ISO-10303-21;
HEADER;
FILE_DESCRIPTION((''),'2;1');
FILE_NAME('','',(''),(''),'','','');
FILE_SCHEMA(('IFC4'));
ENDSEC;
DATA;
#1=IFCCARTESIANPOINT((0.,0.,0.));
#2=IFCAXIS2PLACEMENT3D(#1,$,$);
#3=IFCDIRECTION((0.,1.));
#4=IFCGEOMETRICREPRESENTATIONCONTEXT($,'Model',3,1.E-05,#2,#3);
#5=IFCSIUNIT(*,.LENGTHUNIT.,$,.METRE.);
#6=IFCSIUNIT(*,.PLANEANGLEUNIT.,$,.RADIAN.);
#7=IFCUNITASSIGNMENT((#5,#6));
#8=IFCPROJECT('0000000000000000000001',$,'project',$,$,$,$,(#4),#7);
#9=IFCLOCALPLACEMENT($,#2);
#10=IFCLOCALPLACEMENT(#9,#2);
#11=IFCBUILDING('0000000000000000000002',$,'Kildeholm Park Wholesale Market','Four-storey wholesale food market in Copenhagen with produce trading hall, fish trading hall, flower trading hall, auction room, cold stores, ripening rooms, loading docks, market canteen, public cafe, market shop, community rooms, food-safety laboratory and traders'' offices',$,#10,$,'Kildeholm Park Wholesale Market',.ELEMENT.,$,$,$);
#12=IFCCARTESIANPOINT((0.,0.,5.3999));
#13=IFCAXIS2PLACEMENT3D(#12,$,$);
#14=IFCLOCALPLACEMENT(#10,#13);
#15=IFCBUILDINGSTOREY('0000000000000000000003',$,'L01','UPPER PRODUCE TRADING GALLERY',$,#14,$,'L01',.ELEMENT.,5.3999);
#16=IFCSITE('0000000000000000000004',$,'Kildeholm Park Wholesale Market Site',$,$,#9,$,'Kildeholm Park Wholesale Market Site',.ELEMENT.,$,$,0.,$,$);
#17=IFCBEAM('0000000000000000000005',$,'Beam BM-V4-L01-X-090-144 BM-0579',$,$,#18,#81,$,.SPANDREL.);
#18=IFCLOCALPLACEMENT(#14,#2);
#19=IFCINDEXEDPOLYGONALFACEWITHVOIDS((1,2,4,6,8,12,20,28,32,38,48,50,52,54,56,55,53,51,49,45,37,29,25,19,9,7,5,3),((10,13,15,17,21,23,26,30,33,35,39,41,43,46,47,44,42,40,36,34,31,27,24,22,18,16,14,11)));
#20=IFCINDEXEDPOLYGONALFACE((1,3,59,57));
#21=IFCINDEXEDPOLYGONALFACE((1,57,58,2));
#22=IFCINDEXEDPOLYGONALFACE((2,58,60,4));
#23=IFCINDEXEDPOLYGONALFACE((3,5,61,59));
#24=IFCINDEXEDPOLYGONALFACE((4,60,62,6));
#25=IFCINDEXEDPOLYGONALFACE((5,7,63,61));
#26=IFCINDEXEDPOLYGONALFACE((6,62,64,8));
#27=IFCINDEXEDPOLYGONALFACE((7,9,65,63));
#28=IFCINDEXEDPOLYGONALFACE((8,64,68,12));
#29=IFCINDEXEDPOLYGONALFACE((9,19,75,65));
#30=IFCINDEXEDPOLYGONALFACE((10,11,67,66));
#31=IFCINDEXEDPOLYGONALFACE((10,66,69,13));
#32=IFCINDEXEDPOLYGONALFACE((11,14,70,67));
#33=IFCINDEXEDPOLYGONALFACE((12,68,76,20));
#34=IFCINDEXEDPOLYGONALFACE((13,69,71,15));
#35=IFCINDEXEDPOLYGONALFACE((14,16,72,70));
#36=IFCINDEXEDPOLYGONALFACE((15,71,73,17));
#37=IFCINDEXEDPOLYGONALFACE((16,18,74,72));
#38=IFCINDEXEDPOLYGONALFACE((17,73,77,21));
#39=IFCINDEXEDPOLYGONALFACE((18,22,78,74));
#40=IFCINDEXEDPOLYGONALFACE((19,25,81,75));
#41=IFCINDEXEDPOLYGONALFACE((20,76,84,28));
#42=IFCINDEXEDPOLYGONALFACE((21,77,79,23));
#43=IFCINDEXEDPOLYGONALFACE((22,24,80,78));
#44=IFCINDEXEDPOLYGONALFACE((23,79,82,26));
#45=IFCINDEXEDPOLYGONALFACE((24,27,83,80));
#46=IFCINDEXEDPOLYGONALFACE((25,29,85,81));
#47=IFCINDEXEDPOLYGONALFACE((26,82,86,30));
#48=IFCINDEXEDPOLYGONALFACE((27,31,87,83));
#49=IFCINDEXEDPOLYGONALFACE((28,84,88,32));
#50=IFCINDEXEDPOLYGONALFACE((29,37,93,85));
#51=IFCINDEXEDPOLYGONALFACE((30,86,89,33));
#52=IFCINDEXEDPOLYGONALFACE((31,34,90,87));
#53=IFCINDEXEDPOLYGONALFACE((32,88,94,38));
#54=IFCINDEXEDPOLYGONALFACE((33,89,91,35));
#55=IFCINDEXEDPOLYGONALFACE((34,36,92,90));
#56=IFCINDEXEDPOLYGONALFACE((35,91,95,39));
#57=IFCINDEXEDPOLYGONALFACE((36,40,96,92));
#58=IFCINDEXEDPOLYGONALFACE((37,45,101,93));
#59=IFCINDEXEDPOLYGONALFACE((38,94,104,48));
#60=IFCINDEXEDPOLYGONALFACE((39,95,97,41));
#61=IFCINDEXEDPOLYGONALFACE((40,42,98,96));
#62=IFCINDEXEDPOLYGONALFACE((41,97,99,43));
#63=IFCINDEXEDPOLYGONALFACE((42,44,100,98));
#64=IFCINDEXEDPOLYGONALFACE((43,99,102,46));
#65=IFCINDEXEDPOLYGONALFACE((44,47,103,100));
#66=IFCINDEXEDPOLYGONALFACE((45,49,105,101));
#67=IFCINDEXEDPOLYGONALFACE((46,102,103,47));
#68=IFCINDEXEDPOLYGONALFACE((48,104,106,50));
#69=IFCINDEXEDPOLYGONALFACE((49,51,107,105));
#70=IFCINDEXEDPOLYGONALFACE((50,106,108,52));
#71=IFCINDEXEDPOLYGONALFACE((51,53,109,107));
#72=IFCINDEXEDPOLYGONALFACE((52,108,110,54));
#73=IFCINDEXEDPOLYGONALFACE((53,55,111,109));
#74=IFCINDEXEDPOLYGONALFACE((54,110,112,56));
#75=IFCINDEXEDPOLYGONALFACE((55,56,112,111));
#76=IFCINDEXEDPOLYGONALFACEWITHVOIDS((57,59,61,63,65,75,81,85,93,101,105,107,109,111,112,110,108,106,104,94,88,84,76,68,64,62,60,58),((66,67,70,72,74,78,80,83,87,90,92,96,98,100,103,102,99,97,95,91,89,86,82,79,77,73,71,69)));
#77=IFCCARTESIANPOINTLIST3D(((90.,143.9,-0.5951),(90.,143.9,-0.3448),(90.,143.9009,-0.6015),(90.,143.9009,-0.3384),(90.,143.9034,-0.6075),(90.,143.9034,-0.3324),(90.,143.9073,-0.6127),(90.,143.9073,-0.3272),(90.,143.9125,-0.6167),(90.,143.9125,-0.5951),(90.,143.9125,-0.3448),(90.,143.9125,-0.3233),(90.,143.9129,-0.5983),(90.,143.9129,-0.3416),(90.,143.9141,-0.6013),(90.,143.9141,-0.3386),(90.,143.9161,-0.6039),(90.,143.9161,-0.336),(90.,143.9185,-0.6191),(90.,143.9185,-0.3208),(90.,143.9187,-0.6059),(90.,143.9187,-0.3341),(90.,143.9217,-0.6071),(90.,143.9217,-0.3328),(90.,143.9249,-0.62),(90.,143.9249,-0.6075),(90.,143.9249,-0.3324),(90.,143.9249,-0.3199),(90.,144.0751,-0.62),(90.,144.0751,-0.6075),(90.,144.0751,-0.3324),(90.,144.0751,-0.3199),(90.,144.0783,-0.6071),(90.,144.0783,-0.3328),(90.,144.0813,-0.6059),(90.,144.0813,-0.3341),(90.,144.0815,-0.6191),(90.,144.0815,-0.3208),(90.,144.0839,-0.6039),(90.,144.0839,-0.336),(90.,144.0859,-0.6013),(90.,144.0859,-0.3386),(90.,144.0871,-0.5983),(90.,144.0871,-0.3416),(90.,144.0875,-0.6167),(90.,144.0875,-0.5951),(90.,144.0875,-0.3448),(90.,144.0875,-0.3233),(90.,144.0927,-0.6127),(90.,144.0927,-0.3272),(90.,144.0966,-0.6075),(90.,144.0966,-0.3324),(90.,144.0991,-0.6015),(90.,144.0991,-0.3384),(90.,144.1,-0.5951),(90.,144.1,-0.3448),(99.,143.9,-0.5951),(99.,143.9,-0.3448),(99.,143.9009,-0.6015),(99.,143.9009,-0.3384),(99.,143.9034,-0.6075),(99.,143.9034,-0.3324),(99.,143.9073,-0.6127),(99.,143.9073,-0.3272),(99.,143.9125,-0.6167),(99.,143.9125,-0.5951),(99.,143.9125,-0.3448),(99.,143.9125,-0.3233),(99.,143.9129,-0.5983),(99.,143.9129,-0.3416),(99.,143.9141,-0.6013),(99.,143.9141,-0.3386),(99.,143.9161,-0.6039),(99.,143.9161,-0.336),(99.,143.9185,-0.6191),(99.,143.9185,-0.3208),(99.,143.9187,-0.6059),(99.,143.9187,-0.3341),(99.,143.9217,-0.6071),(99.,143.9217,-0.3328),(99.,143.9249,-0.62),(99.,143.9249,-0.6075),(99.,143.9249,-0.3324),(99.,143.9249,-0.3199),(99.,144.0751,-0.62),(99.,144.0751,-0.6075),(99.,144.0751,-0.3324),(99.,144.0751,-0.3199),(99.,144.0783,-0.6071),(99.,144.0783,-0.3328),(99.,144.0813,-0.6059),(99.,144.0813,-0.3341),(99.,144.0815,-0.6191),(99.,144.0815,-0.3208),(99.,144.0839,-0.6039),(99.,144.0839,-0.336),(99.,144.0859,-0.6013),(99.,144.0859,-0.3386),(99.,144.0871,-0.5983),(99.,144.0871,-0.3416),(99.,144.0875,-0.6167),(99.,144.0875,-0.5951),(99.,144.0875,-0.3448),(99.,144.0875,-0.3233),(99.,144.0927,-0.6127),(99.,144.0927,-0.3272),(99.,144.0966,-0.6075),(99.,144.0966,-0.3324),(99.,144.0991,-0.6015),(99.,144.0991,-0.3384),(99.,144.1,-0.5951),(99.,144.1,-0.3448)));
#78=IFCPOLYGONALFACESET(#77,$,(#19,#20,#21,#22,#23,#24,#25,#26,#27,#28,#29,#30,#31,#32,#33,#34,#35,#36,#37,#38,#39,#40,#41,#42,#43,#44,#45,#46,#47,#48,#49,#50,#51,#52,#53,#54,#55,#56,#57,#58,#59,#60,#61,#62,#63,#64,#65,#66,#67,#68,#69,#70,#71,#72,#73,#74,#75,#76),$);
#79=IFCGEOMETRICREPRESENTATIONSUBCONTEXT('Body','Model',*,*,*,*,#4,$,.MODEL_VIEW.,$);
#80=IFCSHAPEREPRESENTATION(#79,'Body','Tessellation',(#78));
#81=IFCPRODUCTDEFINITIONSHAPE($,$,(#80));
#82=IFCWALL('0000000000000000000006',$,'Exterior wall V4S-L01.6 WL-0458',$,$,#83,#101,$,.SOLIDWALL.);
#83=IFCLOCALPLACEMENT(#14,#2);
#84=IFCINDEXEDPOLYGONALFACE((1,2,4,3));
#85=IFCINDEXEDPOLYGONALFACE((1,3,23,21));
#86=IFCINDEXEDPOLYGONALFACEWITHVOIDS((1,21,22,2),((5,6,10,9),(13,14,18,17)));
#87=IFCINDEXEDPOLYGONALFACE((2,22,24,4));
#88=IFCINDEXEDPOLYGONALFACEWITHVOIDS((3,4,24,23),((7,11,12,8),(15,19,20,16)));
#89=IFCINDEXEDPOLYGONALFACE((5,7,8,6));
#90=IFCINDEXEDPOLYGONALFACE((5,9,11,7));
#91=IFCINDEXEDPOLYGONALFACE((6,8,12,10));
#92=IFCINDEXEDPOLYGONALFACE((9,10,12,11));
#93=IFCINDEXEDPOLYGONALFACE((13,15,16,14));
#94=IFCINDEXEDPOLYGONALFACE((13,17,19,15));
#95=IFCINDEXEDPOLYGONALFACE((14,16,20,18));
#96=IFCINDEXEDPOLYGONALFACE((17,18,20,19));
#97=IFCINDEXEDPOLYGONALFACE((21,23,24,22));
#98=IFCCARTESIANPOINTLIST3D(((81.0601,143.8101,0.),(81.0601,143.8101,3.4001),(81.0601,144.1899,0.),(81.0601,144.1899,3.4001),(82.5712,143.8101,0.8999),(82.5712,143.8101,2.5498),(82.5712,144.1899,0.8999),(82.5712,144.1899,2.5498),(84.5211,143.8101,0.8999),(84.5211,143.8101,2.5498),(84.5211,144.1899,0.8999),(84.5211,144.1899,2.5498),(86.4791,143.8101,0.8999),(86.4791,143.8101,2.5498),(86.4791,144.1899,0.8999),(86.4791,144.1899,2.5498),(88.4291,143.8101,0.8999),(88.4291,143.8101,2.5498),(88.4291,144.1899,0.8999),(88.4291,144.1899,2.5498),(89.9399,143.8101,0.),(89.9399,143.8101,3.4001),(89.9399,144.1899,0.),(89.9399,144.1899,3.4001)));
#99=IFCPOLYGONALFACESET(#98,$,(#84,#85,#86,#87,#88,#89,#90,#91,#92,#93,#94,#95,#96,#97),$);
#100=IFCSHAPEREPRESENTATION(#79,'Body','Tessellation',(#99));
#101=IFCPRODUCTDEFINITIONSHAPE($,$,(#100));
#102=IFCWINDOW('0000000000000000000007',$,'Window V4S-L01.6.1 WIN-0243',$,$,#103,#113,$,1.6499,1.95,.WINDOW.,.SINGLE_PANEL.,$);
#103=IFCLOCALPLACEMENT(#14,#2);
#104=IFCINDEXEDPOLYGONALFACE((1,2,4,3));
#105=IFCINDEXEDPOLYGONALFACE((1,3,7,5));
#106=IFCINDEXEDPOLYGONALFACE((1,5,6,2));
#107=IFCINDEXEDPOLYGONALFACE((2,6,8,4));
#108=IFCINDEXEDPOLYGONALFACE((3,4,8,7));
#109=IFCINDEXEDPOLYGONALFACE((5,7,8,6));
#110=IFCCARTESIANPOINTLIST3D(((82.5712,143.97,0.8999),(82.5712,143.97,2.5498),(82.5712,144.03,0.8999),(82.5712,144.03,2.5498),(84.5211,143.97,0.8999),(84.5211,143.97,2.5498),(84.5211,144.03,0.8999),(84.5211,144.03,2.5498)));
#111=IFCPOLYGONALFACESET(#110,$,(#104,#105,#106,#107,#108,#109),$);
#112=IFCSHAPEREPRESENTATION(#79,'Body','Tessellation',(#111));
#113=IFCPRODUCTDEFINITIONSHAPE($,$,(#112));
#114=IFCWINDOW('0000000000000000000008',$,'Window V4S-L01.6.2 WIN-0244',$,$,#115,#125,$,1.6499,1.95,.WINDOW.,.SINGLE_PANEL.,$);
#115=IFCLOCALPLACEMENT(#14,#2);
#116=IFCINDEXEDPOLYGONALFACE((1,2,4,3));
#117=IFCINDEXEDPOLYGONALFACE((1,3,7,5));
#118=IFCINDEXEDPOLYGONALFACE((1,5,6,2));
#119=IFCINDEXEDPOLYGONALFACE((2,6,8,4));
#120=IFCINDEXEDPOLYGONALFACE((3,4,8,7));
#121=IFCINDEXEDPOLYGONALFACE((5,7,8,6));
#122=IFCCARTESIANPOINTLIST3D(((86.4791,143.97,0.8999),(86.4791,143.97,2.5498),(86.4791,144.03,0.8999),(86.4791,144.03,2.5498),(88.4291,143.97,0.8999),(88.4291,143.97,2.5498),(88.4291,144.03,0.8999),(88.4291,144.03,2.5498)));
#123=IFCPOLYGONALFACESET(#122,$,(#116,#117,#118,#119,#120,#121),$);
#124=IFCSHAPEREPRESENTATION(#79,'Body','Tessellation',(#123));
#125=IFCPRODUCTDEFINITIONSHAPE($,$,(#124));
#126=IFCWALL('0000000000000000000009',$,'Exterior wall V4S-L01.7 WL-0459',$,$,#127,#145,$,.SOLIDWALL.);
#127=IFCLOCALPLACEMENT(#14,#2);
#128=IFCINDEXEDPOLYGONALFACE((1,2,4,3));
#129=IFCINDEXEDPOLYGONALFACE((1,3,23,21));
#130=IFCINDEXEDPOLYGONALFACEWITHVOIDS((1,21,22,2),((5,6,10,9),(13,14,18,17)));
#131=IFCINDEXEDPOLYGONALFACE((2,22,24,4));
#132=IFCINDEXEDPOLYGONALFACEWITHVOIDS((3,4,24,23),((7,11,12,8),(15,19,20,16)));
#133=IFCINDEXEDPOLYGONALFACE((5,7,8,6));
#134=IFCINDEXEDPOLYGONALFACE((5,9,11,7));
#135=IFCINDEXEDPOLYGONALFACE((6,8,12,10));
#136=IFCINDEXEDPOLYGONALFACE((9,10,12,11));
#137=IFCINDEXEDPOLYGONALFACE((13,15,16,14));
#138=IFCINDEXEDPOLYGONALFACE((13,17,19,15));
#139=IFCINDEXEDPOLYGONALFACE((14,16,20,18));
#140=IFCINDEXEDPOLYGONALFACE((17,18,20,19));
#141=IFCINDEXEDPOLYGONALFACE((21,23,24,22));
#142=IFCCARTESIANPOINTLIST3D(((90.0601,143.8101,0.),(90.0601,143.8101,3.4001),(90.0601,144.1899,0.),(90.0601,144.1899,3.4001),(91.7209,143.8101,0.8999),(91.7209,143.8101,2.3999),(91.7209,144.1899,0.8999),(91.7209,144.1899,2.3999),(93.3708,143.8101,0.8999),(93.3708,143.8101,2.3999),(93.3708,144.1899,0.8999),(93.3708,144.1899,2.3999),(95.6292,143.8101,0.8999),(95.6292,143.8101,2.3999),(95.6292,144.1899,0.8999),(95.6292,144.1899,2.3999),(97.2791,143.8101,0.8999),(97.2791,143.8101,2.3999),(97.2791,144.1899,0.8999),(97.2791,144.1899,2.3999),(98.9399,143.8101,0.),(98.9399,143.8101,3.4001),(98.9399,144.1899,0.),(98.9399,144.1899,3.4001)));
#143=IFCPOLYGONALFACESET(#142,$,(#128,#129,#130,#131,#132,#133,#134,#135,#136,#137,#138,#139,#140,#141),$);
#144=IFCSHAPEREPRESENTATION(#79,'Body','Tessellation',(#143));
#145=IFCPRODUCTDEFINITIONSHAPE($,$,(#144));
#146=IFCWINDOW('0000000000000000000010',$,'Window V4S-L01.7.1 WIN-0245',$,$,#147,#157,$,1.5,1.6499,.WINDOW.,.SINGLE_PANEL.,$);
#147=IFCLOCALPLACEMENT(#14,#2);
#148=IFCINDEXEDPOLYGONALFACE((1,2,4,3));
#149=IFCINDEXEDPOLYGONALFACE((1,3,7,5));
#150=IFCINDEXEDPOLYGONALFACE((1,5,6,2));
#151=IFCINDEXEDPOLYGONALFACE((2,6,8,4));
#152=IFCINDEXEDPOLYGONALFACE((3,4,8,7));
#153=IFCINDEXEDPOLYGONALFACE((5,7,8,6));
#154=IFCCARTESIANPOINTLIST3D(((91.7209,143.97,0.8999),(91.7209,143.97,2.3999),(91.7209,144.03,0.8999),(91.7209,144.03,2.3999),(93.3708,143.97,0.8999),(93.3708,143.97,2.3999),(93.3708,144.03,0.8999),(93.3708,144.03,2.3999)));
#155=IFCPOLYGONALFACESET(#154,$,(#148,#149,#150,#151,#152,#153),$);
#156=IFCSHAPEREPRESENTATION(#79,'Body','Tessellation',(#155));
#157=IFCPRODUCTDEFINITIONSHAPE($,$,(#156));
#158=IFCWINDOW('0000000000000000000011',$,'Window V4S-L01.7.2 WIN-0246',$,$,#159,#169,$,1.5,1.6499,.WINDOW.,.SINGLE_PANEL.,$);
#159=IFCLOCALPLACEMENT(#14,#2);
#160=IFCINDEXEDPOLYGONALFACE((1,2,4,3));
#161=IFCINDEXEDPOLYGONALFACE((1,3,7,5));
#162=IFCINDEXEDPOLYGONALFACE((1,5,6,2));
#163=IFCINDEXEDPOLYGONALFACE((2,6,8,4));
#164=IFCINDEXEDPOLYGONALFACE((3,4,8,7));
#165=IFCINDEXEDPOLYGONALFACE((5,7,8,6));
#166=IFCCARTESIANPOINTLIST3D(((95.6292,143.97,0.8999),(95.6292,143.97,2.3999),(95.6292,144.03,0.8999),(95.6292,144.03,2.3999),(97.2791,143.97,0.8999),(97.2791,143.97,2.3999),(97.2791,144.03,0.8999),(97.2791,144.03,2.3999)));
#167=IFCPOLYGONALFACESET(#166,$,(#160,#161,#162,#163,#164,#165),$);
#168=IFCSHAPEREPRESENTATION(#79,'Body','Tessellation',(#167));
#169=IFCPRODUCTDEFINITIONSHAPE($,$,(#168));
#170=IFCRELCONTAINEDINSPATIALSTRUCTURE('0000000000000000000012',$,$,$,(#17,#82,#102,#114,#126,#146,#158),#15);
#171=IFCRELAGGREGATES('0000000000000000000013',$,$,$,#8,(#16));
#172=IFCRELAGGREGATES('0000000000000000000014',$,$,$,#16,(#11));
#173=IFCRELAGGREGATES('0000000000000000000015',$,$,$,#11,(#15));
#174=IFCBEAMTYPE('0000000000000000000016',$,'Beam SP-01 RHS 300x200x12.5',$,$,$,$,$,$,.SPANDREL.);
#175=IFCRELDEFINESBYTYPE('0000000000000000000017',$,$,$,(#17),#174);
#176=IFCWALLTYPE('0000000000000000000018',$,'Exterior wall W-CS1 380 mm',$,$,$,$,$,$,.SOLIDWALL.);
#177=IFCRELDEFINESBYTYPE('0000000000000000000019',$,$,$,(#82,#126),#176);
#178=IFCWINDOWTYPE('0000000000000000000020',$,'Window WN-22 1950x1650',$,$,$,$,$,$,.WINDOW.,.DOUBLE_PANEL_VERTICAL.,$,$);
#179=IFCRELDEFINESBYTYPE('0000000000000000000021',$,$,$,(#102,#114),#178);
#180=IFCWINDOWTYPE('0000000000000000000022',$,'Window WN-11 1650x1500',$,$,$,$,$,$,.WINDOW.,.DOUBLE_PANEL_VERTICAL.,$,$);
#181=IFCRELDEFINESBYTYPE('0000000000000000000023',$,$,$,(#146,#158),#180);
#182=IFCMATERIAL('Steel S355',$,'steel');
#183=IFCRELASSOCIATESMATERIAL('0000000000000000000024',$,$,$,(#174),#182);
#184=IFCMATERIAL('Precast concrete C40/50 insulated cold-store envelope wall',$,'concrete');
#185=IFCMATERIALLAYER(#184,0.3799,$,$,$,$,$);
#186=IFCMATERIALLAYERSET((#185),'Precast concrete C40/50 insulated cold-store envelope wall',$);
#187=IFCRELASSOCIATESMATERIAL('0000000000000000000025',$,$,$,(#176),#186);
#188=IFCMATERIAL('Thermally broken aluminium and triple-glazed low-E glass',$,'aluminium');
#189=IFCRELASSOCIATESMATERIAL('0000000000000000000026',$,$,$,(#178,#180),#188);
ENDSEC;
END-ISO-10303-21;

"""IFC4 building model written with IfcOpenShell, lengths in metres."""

from ifc_helpers import new_model, si_unit, direction, frame, frame_2d, origin, origin_2d, place, context, subcontext, project, spatial, rectangle, hollow_rectangle, extrude, material, layer, layer_set, material_profile, profile_set, type_object, element, fill, save


model = new_model("IFC4")

# Units and contexts
model_context = context("Model", 3, precision=1e-05, world=origin(), true_north=direction((0.0, 1.0)))
body_context = subcontext(model_context, "Body", "Model", "MODEL_VIEW")
ifc_project = project(units=[si_unit("LENGTHUNIT", "METRE"), si_unit("PLANEANGLEUNIT", "RADIAN")], contexts=[model_context])

# Site, building, storey
site_placement = place(None, origin())
site = spatial("IfcSite", under=ifc_project, at=site_placement, Name="Kildeholm Park Wholesale Market Site", LongName="Kildeholm Park Wholesale Market Site", CompositionType="ELEMENT", RefElevation=0.0)
building_placement = place(site_placement, origin())
building = spatial("IfcBuilding", under=site, at=building_placement, Name="Kildeholm Park Wholesale Market", Description="Four-storey wholesale food market in Copenhagen with produce trading hall, fish trading hall, flower trading hall, auction room, cold stores, ripening rooms, loading docks, market canteen, public cafe, market shop, community rooms, food-safety laboratory and traders' offices", LongName="Kildeholm Park Wholesale Market", CompositionType="ELEMENT")
storey_placement = place(building_placement, frame((0.0, 0.0, 5.3999)))
storey = spatial("IfcBuildingStorey", under=building, at=storey_placement, Name="L01", Description="UPPER PRODUCE TRADING GALLERY", LongName="L01", CompositionType="ELEMENT", Elevation=5.3999)

# Beam
ifc_material_1 = material(Name="Steel S355", Category="steel")
ifc_material_profile_1 = material_profile(ifc_material_1, hollow_rectangle(XDim=0.2, YDim=0.3, WallThickness=0.0125, InnerFilletRadius=0.0125, OuterFilletRadius=0.0249, at=origin_2d()), Name="RHS 300x200x12.5")
ifc_profile_set_1 = profile_set([ifc_material_profile_1], Name="Steel S355")
beam_type_1 = type_object("IfcBeamType", Name="Beam SP-01 RHS 300x200x12.5", PredefinedType="SPANDREL", material=ifc_profile_set_1)
for number, where, z_axis, x_axis, name in (
    (1, (90.0, 144.0, -0.47), (1.0, 0.0, 0.0), (0.0, 1.0, 0.0), "Beam BM-V4-L01-X-090-144 BM-0579"),
):
    element("IfcBeam", number, at=place(storey_placement, frame(where, z_axis=z_axis, x_axis=x_axis)), inside=storey, type_object=beam_type_1, Name=name, PredefinedType="SPANDREL", context=body_context, shape_type="SweptSolid", body=[
        extrude(hollow_rectangle(XDim=0.2, YDim=0.3, WallThickness=0.0125, InnerFilletRadius=0.0125, OuterFilletRadius=0.0249, at=origin_2d()), origin(), (0.0, 0.0, 1.0), 9.0),
    ])

# Walls, openings, windows
ifc_material_2 = material(Name="Precast concrete C40/50 insulated cold-store envelope wall", Category="concrete")
ifc_layer_1 = layer(ifc_material_2, 0.3799)
ifc_layer_set_1 = layer_set([ifc_layer_1], Name="Precast concrete C40/50 insulated cold-store envelope wall")
wall_type = type_object("IfcWallType", Name="Exterior wall W-CS1 380 mm", PredefinedType="SOLIDWALL", material=ifc_layer_set_1)
wall_1_placement = place(storey_placement, frame((81.0601, 144.0, 0.0), z_axis=(0.0, 0.0, 1.0), x_axis=(1.0, 0.0, 0.0)))
wall_1 = element("IfcWall", 2, at=wall_1_placement, inside=storey, type_object=wall_type, Name="Exterior wall V4S-L01.6 WL-0458", PredefinedType="SOLIDWALL", context=body_context, shape_type="SweptSolid", body=[
    extrude(rectangle(XDim=8.8799, YDim=0.3799, at=frame_2d((4.4399, 0.0))), origin(), (0.0, 0.0, 1.0), 3.4001),
])
opening_1_placement = place(wall_1_placement, frame((1.511, 0.0, 0.8999)))
opening_1 = element("IfcOpeningElement", 3, at=opening_1_placement, cuts=wall_1, PredefinedType="OPENING", context=body_context, shape_type="SweptSolid", body=[
    extrude(rectangle(XDim=1.95, YDim=1.6499, at=frame_2d((0.9751, 0.825))), frame((0.0, 0.2, 0.0), z_axis=(0.0, -1.0, 0.0), x_axis=(1.0, 0.0, 0.0)), (0.0, 0.0, 1.0), 0.3999),
])
opening_2_placement = place(wall_1_placement, frame((5.4189, 0.0, 0.8999)))
opening_2 = element("IfcOpeningElement", 4, at=opening_2_placement, cuts=wall_1, PredefinedType="OPENING", context=body_context, shape_type="SweptSolid", body=[
    extrude(rectangle(XDim=1.95, YDim=1.6499, at=frame_2d((0.9751, 0.825))), frame((0.0, 0.2, 0.0), z_axis=(0.0, -1.0, 0.0), x_axis=(1.0, 0.0, 0.0)), (0.0, 0.0, 1.0), 0.3999),
])
ifc_material_3 = material(Name="Thermally broken aluminium and triple-glazed low-E glass", Category="aluminium")
window_type_1 = type_object("IfcWindowType", Name="Window WN-22 1950x1650", PartitioningType="DOUBLE_PANEL_VERTICAL", PredefinedType="WINDOW", material=ifc_material_3)
window_1_placement = place(opening_1_placement, origin())
window_1 = element("IfcWindow", 5, at=window_1_placement, inside=storey, type_object=window_type_1, Name="Window V4S-L01.6.1 WIN-0243", OverallHeight=1.6499, OverallWidth=1.95, PartitioningType="SINGLE_PANEL", PredefinedType="WINDOW", context=body_context, shape_type="SweptSolid", body=[
    extrude(rectangle(XDim=1.95, YDim=1.6499, at=frame_2d((0.9751, 0.825))), frame((0.0, 0.03, 0.0), z_axis=(0.0, -1.0, 0.0), x_axis=(1.0, 0.0, 0.0)), (0.0, 0.0, 1.0), 0.0601),
])
fill(opening_1, window_1)
window_2_placement = place(opening_2_placement, origin())
window_2 = element("IfcWindow", 6, at=window_2_placement, inside=storey, type_object=window_type_1, Name="Window V4S-L01.6.2 WIN-0244", OverallHeight=1.6499, OverallWidth=1.95, PartitioningType="SINGLE_PANEL", PredefinedType="WINDOW", context=body_context, shape_type="SweptSolid", body=[
    extrude(rectangle(XDim=1.95, YDim=1.6499, at=frame_2d((0.9751, 0.825))), frame((0.0, 0.03, 0.0), z_axis=(0.0, -1.0, 0.0), x_axis=(1.0, 0.0, 0.0)), (0.0, 0.0, 1.0), 0.0601),
])
fill(opening_2, window_2)
wall_2_placement = place(storey_placement, frame((90.0601, 144.0, 0.0), z_axis=(0.0, 0.0, 1.0), x_axis=(1.0, 0.0, 0.0)))
wall_2 = element("IfcWall", 7, at=wall_2_placement, inside=storey, type_object=wall_type, Name="Exterior wall V4S-L01.7 WL-0459", PredefinedType="SOLIDWALL", context=body_context, shape_type="SweptSolid", body=[
    extrude(rectangle(XDim=8.8799, YDim=0.3799, at=frame_2d((4.4399, 0.0))), origin(), (0.0, 0.0, 1.0), 3.4001),
])
opening_3_placement = place(wall_2_placement, frame((1.6609, 0.0, 0.8999)))
opening_3 = element("IfcOpeningElement", 8, at=opening_3_placement, cuts=wall_2, PredefinedType="OPENING", context=body_context, shape_type="SweptSolid", body=[
    extrude(rectangle(XDim=1.6499, YDim=1.5, at=frame_2d((0.825, 0.75))), frame((0.0, 0.2, 0.0), z_axis=(0.0, -1.0, 0.0), x_axis=(1.0, 0.0, 0.0)), (0.0, 0.0, 1.0), 0.3999),
])
opening_4_placement = place(wall_2_placement, frame((5.5691, 0.0, 0.8999)))
opening_4 = element("IfcOpeningElement", 9, at=opening_4_placement, cuts=wall_2, PredefinedType="OPENING", context=body_context, shape_type="SweptSolid", body=[
    extrude(rectangle(XDim=1.6499, YDim=1.5, at=frame_2d((0.825, 0.75))), frame((0.0, 0.2, 0.0), z_axis=(0.0, -1.0, 0.0), x_axis=(1.0, 0.0, 0.0)), (0.0, 0.0, 1.0), 0.3999),
])
window_type_2 = type_object("IfcWindowType", Name="Window WN-11 1650x1500", PartitioningType="DOUBLE_PANEL_VERTICAL", PredefinedType="WINDOW", material=ifc_material_3)
window_3_placement = place(opening_3_placement, origin())
window_3 = element("IfcWindow", 10, at=window_3_placement, inside=storey, type_object=window_type_2, Name="Window V4S-L01.7.1 WIN-0245", OverallHeight=1.5, OverallWidth=1.6499, PartitioningType="SINGLE_PANEL", PredefinedType="WINDOW", context=body_context, shape_type="SweptSolid", body=[
    extrude(rectangle(XDim=1.6499, YDim=1.5, at=frame_2d((0.825, 0.75))), frame((0.0, 0.03, 0.0), z_axis=(0.0, -1.0, 0.0), x_axis=(1.0, 0.0, 0.0)), (0.0, 0.0, 1.0), 0.0601),
])
fill(opening_3, window_3)
window_4_placement = place(opening_4_placement, origin())
window_4 = element("IfcWindow", 11, at=window_4_placement, inside=storey, type_object=window_type_2, Name="Window V4S-L01.7.2 WIN-0246", OverallHeight=1.5, OverallWidth=1.6499, PartitioningType="SINGLE_PANEL", PredefinedType="WINDOW", context=body_context, shape_type="SweptSolid", body=[
    extrude(rectangle(XDim=1.6499, YDim=1.5, at=frame_2d((0.825, 0.75))), frame((0.0, 0.03, 0.0), z_axis=(0.0, -1.0, 0.0), x_axis=(1.0, 0.0, 0.0)), (0.0, 0.0, 1.0), 0.0601),
])
fill(opening_4, window_4)

save(model, "model.ifc")
